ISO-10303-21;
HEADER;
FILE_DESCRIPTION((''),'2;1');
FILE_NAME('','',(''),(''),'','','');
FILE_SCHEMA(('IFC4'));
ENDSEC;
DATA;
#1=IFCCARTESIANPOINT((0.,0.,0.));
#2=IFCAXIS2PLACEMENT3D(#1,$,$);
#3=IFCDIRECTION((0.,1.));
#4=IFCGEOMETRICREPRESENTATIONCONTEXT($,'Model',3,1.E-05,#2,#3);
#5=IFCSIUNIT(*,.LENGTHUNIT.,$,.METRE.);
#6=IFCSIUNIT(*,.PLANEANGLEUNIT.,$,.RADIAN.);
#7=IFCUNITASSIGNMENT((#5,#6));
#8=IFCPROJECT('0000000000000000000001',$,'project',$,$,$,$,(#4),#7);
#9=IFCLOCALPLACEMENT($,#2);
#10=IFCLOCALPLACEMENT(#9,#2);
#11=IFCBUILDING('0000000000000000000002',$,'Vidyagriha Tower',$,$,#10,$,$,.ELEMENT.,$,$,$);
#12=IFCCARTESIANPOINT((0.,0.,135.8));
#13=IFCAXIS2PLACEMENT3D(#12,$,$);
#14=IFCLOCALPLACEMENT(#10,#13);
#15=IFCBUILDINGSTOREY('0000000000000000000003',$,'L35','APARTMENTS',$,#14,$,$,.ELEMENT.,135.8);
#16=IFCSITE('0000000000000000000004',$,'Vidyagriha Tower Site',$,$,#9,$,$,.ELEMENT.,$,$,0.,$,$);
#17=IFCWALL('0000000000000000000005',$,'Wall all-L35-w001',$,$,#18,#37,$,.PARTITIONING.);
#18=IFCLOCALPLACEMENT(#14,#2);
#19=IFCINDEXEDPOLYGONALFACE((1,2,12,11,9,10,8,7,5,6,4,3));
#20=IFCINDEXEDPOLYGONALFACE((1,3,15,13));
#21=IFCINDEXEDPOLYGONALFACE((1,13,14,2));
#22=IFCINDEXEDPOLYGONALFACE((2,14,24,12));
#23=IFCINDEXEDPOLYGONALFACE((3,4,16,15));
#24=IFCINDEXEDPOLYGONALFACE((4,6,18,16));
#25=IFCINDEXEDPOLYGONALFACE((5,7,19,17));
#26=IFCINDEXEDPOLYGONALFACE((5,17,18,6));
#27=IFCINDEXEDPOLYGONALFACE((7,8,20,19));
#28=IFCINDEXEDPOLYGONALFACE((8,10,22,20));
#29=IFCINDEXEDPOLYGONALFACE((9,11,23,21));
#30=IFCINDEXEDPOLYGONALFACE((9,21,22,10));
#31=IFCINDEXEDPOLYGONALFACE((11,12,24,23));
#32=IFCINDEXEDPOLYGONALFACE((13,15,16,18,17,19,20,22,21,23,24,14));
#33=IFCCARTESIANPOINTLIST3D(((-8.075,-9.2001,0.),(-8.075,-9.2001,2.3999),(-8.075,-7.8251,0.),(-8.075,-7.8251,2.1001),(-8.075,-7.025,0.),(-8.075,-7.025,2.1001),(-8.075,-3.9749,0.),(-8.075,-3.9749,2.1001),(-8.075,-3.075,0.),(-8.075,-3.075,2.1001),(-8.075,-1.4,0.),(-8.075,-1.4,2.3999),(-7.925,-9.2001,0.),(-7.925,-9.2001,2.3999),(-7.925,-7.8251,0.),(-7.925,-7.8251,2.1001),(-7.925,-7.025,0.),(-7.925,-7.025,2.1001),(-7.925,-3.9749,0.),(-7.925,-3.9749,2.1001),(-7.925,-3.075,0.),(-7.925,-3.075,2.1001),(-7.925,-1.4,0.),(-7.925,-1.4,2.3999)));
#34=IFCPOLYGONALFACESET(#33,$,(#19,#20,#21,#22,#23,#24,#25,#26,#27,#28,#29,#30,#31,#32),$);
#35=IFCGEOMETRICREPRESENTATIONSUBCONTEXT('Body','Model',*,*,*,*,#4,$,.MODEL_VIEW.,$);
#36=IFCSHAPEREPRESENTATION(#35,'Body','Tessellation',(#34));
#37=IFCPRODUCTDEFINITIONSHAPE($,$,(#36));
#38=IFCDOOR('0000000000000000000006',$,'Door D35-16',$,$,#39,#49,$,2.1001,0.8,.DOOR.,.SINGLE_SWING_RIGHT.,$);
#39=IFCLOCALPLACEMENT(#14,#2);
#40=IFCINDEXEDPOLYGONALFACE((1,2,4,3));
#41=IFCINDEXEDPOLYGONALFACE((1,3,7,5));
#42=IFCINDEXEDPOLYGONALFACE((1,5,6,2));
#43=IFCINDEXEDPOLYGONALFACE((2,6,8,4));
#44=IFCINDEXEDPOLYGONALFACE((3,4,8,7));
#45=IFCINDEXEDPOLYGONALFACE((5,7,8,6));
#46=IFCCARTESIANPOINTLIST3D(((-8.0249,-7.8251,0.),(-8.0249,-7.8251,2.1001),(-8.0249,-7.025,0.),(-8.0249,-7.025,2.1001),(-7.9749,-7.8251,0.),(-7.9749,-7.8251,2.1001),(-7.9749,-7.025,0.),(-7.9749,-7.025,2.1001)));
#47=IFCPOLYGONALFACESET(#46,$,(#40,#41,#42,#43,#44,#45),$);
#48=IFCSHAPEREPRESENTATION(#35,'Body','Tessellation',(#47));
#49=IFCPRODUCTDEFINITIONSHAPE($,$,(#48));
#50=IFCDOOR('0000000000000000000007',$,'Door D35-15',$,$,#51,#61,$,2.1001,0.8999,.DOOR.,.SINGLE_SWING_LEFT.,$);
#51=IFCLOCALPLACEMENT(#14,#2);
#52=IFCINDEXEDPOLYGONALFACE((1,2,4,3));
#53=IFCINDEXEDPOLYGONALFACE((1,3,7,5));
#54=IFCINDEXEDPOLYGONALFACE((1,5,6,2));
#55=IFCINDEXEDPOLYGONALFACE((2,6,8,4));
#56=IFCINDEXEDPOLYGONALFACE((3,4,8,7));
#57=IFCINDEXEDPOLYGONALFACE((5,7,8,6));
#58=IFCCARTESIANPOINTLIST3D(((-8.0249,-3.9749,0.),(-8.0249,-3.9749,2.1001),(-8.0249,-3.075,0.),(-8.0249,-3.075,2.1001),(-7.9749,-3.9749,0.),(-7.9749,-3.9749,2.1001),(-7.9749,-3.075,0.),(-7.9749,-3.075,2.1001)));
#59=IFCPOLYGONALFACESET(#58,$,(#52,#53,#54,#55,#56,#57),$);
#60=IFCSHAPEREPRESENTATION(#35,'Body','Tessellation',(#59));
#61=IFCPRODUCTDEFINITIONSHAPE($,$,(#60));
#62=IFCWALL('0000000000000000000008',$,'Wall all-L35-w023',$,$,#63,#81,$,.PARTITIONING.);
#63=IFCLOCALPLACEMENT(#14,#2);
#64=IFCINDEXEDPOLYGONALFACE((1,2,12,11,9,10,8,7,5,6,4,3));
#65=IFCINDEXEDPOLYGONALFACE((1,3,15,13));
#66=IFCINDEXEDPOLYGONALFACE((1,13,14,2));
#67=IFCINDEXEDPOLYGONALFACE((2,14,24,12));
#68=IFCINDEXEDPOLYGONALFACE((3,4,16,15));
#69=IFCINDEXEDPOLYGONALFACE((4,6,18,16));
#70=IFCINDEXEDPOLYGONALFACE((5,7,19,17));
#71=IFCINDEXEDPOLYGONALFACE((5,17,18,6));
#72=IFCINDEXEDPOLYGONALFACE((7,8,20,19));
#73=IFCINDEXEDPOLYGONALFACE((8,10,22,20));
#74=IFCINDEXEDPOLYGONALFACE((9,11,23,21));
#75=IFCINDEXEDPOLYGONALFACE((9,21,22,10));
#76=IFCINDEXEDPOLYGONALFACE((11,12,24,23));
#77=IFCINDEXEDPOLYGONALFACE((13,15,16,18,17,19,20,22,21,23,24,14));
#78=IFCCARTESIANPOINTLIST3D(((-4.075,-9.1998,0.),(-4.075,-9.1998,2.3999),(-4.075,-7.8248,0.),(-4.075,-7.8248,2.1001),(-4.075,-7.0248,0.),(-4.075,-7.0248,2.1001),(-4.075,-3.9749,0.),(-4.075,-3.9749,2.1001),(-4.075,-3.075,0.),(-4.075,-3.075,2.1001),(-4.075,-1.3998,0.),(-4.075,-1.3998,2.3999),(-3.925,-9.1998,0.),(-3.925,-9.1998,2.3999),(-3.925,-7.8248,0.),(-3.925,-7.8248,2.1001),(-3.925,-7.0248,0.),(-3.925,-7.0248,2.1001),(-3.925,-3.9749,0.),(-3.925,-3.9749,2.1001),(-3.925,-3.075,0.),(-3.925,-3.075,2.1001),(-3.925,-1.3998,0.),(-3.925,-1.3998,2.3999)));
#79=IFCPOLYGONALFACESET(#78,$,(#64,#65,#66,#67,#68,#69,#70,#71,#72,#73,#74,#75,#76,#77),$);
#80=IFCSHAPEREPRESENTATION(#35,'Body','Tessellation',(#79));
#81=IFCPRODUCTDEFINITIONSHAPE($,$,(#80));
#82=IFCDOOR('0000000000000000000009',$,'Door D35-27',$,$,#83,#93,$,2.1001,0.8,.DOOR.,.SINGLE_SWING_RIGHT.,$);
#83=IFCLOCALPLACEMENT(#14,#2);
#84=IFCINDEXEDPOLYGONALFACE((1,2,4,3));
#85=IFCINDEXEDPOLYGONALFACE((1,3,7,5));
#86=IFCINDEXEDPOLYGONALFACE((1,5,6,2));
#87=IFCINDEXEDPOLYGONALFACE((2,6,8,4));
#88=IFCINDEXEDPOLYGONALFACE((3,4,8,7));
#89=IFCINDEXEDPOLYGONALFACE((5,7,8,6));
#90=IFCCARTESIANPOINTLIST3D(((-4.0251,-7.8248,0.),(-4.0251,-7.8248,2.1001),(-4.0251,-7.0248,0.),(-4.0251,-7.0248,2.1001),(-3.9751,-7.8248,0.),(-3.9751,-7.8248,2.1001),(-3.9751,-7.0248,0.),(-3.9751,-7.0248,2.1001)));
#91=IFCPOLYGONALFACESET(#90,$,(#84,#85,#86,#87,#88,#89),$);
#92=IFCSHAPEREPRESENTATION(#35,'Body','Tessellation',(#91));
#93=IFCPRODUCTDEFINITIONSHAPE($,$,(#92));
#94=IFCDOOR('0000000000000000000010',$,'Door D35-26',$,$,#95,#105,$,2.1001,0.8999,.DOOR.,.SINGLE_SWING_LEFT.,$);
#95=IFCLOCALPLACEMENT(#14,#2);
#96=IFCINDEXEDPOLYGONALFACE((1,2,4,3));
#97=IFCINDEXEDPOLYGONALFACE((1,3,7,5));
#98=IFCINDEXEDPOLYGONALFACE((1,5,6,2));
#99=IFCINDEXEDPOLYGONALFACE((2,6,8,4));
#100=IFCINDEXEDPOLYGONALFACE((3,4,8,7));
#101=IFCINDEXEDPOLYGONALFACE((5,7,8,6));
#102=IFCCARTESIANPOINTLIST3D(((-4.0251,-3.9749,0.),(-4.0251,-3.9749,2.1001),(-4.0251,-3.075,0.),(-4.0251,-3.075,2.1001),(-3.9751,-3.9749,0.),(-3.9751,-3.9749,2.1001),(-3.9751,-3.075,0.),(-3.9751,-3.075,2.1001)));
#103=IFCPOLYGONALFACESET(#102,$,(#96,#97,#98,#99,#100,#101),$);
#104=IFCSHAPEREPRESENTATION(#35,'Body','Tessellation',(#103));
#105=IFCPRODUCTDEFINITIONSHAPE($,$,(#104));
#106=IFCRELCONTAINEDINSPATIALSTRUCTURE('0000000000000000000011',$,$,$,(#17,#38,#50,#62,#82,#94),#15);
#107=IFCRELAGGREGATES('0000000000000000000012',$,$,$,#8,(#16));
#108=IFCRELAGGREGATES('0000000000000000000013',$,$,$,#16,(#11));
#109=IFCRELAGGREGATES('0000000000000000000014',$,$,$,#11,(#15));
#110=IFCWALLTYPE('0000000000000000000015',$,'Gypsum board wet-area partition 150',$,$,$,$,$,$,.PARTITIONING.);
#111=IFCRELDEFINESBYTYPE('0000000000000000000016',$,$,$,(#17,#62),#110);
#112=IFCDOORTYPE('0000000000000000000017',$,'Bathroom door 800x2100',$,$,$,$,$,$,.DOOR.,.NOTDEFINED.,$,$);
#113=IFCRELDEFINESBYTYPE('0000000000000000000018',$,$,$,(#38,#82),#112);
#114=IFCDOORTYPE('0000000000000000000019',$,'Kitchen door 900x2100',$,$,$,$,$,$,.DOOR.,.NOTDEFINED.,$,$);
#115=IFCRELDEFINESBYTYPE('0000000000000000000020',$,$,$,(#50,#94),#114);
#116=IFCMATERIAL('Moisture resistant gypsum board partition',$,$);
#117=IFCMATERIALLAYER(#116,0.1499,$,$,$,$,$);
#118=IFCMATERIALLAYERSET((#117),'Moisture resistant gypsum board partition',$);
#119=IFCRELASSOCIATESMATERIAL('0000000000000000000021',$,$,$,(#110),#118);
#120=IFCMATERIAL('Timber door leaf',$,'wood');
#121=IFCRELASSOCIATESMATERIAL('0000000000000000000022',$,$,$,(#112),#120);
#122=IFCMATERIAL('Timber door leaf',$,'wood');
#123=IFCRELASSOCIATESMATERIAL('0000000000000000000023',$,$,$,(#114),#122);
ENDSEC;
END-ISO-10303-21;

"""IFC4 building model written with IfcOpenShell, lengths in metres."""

from ifc_helpers import new_model, si_unit, direction, frame, frame_2d, origin, place, context, subcontext, project, spatial, rectangle, extrude, material, layer, layer_set, type_object, element, fill, save


model = new_model("IFC4")

# Units and contexts
model_context = context("Model", 3, precision=1e-05, world=origin(), true_north=direction((0.0, 1.0)))
body_context = subcontext(model_context, "Body", "Model", "MODEL_VIEW")
ifc_project = project(units=[si_unit("LENGTHUNIT", "METRE"), si_unit("PLANEANGLEUNIT", "RADIAN")], contexts=[model_context])

# Site, building, storey
site_placement = place(None, origin())
site = spatial("IfcSite", under=ifc_project, at=site_placement, Name="Vidyagriha Tower Site", CompositionType="ELEMENT", RefElevation=0.0)
building_placement = place(site_placement, origin())
building = spatial("IfcBuilding", under=site, at=building_placement, Name="Vidyagriha Tower", CompositionType="ELEMENT")
storey_placement = place(building_placement, frame((0.0, 0.0, 135.8)))
storey = spatial("IfcBuildingStorey", under=building, at=storey_placement, Name="L35", Description="APARTMENTS", CompositionType="ELEMENT", Elevation=135.8)

# Walls, openings, doors
ifc_material_1 = material(Name="Moisture resistant gypsum board partition")
ifc_layer_1 = layer(ifc_material_1, 0.1499)
ifc_layer_set_1 = layer_set([ifc_layer_1], Name="Moisture resistant gypsum board partition")
wall_type_1 = type_object("IfcWallType", Name="Gypsum board wet-area partition 150", PredefinedType="PARTITIONING", material=ifc_layer_set_1)
wall_1_placement = place(storey_placement, frame((-8.0, -9.2, 0.0), z_axis=(0.0, 0.0, 1.0), x_axis=(0.0, 1.0, 0.0)))
wall_1 = element("IfcWall", 1, at=wall_1_placement, inside=storey, type_object=wall_type_1, Name="Wall all-L35-w001", PredefinedType="PARTITIONING", context=body_context, shape_type="SweptSolid", body=[
    extrude(rectangle(XDim=7.8, YDim=0.1499, at=frame_2d((3.8999, 0.0))), origin(), (0.0, 0.0, 1.0), 2.3999),
])
opening_1_placement = place(wall_1_placement, frame((5.2251, 0.0, 0.0)))
opening_1 = element("IfcOpeningElement", 2, at=opening_1_placement, cuts=wall_1, PredefinedType="OPENING", context=body_context, shape_type="SweptSolid", body=[
    extrude(rectangle(XDim=0.8999, YDim=2.1001, at=frame_2d((0.45, 1.05))), frame((0.0, 0.085, 0.0), z_axis=(0.0, -1.0, 0.0), x_axis=(1.0, 0.0, 0.0)), (0.0, 0.0, 1.0), 0.1699),
])
opening_2_placement = place(wall_1_placement, frame((1.375, 0.0, 0.0)))
opening_2 = element("IfcOpeningElement", 3, at=opening_2_placement, cuts=wall_1, PredefinedType="OPENING", context=body_context, shape_type="SweptSolid", body=[
    extrude(rectangle(XDim=0.8, YDim=2.1001, at=frame_2d((0.3999, 1.05))), frame((0.0, 0.085, 0.0), z_axis=(0.0, -1.0, 0.0), x_axis=(1.0, 0.0, 0.0)), (0.0, 0.0, 1.0), 0.1699),
])
ifc_material_2 = material(Name="Timber door leaf", Category="wood")
door_type_1 = type_object("IfcDoorType", Name="Bathroom door 800x2100", OperationType="NOTDEFINED", PredefinedType="DOOR", material=ifc_material_2)
door_1_placement = place(opening_2_placement, origin())
door_1 = element("IfcDoor", 4, at=door_1_placement, inside=storey, type_object=door_type_1, Name="Door D35-16", OperationType="SINGLE_SWING_RIGHT", OverallHeight=2.1001, OverallWidth=0.8, PredefinedType="DOOR", context=body_context, shape_type="SweptSolid", body=[
    extrude(rectangle(XDim=0.8, YDim=2.1001, at=frame_2d((0.3999, 1.05))), frame((0.0, 0.0249, 0.0), z_axis=(0.0, -1.0, 0.0), x_axis=(1.0, 0.0, 0.0)), (0.0, 0.0, 1.0), 0.05),
])
fill(opening_2, door_1)
ifc_material_3 = material(Name="Timber door leaf", Category="wood")
door_type_2 = type_object("IfcDoorType", Name="Kitchen door 900x2100", OperationType="NOTDEFINED", PredefinedType="DOOR", material=ifc_material_3)
door_2_placement = place(opening_1_placement, origin())
door_2 = element("IfcDoor", 5, at=door_2_placement, inside=storey, type_object=door_type_2, Name="Door D35-15", OperationType="SINGLE_SWING_LEFT", OverallHeight=2.1001, OverallWidth=0.8999, PredefinedType="DOOR", context=body_context, shape_type="SweptSolid", body=[
    extrude(rectangle(XDim=0.8999, YDim=2.1001, at=frame_2d((0.45, 1.05))), frame((0.0, 0.0249, 0.0), z_axis=(0.0, -1.0, 0.0), x_axis=(1.0, 0.0, 0.0)), (0.0, 0.0, 1.0), 0.05),
])
fill(opening_1, door_2)
wall_2_placement = place(storey_placement, frame((-4.0, -1.3999, 0.0), z_axis=(0.0, 0.0, 1.0), x_axis=(0.0, -1.0, 0.0)))
wall_2 = element("IfcWall", 6, at=wall_2_placement, inside=storey, type_object=wall_type_1, Name="Wall all-L35-w023", PredefinedType="PARTITIONING", context=body_context, shape_type="SweptSolid", body=[
    extrude(rectangle(XDim=7.8, YDim=0.1499, at=frame_2d((3.8999, 0.0))), origin(), (0.0, 0.0, 1.0), 2.3999),
])
opening_3_placement = place(wall_2_placement, frame((1.675, 0.0, 0.0)))
opening_3 = element("IfcOpeningElement", 7, at=opening_3_placement, cuts=wall_2, PredefinedType="OPENING", context=body_context, shape_type="SweptSolid", body=[
    extrude(rectangle(XDim=0.8999, YDim=2.1001, at=frame_2d((0.45, 1.05))), frame((0.0, 0.085, 0.0), z_axis=(0.0, -1.0, 0.0), x_axis=(1.0, 0.0, 0.0)), (0.0, 0.0, 1.0), 0.1699),
])
opening_4_placement = place(wall_2_placement, frame((5.625, 0.0, 0.0)))
opening_4 = element("IfcOpeningElement", 8, at=opening_4_placement, cuts=wall_2, PredefinedType="OPENING", context=body_context, shape_type="SweptSolid", body=[
    extrude(rectangle(XDim=0.8, YDim=2.1001, at=frame_2d((0.3999, 1.05))), frame((0.0, 0.085, 0.0), z_axis=(0.0, -1.0, 0.0), x_axis=(1.0, 0.0, 0.0)), (0.0, 0.0, 1.0), 0.1699),
])
door_3_placement = place(opening_4_placement, origin())
door_3 = element("IfcDoor", 9, at=door_3_placement, inside=storey, type_object=door_type_1, Name="Door D35-27", OperationType="SINGLE_SWING_RIGHT", OverallHeight=2.1001, OverallWidth=0.8, PredefinedType="DOOR", context=body_context, shape_type="SweptSolid", body=[
    extrude(rectangle(XDim=0.8, YDim=2.1001, at=frame_2d((0.3999, 1.05))), frame((0.0, 0.0249, 0.0), z_axis=(0.0, -1.0, 0.0), x_axis=(1.0, 0.0, 0.0)), (0.0, 0.0, 1.0), 0.05),
])
fill(opening_4, door_3)
door_4_placement = place(opening_3_placement, origin())
door_4 = element("IfcDoor", 10, at=door_4_placement, inside=storey, type_object=door_type_2, Name="Door D35-26", OperationType="SINGLE_SWING_LEFT", OverallHeight=2.1001, OverallWidth=0.8999, PredefinedType="DOOR", context=body_context, shape_type="SweptSolid", body=[
    extrude(rectangle(XDim=0.8999, YDim=2.1001, at=frame_2d((0.45, 1.05))), frame((0.0, 0.0249, 0.0), z_axis=(0.0, -1.0, 0.0), x_axis=(1.0, 0.0, 0.0)), (0.0, 0.0, 1.0), 0.05),
])
fill(opening_3, door_4)

save(model, "model.ifc")
